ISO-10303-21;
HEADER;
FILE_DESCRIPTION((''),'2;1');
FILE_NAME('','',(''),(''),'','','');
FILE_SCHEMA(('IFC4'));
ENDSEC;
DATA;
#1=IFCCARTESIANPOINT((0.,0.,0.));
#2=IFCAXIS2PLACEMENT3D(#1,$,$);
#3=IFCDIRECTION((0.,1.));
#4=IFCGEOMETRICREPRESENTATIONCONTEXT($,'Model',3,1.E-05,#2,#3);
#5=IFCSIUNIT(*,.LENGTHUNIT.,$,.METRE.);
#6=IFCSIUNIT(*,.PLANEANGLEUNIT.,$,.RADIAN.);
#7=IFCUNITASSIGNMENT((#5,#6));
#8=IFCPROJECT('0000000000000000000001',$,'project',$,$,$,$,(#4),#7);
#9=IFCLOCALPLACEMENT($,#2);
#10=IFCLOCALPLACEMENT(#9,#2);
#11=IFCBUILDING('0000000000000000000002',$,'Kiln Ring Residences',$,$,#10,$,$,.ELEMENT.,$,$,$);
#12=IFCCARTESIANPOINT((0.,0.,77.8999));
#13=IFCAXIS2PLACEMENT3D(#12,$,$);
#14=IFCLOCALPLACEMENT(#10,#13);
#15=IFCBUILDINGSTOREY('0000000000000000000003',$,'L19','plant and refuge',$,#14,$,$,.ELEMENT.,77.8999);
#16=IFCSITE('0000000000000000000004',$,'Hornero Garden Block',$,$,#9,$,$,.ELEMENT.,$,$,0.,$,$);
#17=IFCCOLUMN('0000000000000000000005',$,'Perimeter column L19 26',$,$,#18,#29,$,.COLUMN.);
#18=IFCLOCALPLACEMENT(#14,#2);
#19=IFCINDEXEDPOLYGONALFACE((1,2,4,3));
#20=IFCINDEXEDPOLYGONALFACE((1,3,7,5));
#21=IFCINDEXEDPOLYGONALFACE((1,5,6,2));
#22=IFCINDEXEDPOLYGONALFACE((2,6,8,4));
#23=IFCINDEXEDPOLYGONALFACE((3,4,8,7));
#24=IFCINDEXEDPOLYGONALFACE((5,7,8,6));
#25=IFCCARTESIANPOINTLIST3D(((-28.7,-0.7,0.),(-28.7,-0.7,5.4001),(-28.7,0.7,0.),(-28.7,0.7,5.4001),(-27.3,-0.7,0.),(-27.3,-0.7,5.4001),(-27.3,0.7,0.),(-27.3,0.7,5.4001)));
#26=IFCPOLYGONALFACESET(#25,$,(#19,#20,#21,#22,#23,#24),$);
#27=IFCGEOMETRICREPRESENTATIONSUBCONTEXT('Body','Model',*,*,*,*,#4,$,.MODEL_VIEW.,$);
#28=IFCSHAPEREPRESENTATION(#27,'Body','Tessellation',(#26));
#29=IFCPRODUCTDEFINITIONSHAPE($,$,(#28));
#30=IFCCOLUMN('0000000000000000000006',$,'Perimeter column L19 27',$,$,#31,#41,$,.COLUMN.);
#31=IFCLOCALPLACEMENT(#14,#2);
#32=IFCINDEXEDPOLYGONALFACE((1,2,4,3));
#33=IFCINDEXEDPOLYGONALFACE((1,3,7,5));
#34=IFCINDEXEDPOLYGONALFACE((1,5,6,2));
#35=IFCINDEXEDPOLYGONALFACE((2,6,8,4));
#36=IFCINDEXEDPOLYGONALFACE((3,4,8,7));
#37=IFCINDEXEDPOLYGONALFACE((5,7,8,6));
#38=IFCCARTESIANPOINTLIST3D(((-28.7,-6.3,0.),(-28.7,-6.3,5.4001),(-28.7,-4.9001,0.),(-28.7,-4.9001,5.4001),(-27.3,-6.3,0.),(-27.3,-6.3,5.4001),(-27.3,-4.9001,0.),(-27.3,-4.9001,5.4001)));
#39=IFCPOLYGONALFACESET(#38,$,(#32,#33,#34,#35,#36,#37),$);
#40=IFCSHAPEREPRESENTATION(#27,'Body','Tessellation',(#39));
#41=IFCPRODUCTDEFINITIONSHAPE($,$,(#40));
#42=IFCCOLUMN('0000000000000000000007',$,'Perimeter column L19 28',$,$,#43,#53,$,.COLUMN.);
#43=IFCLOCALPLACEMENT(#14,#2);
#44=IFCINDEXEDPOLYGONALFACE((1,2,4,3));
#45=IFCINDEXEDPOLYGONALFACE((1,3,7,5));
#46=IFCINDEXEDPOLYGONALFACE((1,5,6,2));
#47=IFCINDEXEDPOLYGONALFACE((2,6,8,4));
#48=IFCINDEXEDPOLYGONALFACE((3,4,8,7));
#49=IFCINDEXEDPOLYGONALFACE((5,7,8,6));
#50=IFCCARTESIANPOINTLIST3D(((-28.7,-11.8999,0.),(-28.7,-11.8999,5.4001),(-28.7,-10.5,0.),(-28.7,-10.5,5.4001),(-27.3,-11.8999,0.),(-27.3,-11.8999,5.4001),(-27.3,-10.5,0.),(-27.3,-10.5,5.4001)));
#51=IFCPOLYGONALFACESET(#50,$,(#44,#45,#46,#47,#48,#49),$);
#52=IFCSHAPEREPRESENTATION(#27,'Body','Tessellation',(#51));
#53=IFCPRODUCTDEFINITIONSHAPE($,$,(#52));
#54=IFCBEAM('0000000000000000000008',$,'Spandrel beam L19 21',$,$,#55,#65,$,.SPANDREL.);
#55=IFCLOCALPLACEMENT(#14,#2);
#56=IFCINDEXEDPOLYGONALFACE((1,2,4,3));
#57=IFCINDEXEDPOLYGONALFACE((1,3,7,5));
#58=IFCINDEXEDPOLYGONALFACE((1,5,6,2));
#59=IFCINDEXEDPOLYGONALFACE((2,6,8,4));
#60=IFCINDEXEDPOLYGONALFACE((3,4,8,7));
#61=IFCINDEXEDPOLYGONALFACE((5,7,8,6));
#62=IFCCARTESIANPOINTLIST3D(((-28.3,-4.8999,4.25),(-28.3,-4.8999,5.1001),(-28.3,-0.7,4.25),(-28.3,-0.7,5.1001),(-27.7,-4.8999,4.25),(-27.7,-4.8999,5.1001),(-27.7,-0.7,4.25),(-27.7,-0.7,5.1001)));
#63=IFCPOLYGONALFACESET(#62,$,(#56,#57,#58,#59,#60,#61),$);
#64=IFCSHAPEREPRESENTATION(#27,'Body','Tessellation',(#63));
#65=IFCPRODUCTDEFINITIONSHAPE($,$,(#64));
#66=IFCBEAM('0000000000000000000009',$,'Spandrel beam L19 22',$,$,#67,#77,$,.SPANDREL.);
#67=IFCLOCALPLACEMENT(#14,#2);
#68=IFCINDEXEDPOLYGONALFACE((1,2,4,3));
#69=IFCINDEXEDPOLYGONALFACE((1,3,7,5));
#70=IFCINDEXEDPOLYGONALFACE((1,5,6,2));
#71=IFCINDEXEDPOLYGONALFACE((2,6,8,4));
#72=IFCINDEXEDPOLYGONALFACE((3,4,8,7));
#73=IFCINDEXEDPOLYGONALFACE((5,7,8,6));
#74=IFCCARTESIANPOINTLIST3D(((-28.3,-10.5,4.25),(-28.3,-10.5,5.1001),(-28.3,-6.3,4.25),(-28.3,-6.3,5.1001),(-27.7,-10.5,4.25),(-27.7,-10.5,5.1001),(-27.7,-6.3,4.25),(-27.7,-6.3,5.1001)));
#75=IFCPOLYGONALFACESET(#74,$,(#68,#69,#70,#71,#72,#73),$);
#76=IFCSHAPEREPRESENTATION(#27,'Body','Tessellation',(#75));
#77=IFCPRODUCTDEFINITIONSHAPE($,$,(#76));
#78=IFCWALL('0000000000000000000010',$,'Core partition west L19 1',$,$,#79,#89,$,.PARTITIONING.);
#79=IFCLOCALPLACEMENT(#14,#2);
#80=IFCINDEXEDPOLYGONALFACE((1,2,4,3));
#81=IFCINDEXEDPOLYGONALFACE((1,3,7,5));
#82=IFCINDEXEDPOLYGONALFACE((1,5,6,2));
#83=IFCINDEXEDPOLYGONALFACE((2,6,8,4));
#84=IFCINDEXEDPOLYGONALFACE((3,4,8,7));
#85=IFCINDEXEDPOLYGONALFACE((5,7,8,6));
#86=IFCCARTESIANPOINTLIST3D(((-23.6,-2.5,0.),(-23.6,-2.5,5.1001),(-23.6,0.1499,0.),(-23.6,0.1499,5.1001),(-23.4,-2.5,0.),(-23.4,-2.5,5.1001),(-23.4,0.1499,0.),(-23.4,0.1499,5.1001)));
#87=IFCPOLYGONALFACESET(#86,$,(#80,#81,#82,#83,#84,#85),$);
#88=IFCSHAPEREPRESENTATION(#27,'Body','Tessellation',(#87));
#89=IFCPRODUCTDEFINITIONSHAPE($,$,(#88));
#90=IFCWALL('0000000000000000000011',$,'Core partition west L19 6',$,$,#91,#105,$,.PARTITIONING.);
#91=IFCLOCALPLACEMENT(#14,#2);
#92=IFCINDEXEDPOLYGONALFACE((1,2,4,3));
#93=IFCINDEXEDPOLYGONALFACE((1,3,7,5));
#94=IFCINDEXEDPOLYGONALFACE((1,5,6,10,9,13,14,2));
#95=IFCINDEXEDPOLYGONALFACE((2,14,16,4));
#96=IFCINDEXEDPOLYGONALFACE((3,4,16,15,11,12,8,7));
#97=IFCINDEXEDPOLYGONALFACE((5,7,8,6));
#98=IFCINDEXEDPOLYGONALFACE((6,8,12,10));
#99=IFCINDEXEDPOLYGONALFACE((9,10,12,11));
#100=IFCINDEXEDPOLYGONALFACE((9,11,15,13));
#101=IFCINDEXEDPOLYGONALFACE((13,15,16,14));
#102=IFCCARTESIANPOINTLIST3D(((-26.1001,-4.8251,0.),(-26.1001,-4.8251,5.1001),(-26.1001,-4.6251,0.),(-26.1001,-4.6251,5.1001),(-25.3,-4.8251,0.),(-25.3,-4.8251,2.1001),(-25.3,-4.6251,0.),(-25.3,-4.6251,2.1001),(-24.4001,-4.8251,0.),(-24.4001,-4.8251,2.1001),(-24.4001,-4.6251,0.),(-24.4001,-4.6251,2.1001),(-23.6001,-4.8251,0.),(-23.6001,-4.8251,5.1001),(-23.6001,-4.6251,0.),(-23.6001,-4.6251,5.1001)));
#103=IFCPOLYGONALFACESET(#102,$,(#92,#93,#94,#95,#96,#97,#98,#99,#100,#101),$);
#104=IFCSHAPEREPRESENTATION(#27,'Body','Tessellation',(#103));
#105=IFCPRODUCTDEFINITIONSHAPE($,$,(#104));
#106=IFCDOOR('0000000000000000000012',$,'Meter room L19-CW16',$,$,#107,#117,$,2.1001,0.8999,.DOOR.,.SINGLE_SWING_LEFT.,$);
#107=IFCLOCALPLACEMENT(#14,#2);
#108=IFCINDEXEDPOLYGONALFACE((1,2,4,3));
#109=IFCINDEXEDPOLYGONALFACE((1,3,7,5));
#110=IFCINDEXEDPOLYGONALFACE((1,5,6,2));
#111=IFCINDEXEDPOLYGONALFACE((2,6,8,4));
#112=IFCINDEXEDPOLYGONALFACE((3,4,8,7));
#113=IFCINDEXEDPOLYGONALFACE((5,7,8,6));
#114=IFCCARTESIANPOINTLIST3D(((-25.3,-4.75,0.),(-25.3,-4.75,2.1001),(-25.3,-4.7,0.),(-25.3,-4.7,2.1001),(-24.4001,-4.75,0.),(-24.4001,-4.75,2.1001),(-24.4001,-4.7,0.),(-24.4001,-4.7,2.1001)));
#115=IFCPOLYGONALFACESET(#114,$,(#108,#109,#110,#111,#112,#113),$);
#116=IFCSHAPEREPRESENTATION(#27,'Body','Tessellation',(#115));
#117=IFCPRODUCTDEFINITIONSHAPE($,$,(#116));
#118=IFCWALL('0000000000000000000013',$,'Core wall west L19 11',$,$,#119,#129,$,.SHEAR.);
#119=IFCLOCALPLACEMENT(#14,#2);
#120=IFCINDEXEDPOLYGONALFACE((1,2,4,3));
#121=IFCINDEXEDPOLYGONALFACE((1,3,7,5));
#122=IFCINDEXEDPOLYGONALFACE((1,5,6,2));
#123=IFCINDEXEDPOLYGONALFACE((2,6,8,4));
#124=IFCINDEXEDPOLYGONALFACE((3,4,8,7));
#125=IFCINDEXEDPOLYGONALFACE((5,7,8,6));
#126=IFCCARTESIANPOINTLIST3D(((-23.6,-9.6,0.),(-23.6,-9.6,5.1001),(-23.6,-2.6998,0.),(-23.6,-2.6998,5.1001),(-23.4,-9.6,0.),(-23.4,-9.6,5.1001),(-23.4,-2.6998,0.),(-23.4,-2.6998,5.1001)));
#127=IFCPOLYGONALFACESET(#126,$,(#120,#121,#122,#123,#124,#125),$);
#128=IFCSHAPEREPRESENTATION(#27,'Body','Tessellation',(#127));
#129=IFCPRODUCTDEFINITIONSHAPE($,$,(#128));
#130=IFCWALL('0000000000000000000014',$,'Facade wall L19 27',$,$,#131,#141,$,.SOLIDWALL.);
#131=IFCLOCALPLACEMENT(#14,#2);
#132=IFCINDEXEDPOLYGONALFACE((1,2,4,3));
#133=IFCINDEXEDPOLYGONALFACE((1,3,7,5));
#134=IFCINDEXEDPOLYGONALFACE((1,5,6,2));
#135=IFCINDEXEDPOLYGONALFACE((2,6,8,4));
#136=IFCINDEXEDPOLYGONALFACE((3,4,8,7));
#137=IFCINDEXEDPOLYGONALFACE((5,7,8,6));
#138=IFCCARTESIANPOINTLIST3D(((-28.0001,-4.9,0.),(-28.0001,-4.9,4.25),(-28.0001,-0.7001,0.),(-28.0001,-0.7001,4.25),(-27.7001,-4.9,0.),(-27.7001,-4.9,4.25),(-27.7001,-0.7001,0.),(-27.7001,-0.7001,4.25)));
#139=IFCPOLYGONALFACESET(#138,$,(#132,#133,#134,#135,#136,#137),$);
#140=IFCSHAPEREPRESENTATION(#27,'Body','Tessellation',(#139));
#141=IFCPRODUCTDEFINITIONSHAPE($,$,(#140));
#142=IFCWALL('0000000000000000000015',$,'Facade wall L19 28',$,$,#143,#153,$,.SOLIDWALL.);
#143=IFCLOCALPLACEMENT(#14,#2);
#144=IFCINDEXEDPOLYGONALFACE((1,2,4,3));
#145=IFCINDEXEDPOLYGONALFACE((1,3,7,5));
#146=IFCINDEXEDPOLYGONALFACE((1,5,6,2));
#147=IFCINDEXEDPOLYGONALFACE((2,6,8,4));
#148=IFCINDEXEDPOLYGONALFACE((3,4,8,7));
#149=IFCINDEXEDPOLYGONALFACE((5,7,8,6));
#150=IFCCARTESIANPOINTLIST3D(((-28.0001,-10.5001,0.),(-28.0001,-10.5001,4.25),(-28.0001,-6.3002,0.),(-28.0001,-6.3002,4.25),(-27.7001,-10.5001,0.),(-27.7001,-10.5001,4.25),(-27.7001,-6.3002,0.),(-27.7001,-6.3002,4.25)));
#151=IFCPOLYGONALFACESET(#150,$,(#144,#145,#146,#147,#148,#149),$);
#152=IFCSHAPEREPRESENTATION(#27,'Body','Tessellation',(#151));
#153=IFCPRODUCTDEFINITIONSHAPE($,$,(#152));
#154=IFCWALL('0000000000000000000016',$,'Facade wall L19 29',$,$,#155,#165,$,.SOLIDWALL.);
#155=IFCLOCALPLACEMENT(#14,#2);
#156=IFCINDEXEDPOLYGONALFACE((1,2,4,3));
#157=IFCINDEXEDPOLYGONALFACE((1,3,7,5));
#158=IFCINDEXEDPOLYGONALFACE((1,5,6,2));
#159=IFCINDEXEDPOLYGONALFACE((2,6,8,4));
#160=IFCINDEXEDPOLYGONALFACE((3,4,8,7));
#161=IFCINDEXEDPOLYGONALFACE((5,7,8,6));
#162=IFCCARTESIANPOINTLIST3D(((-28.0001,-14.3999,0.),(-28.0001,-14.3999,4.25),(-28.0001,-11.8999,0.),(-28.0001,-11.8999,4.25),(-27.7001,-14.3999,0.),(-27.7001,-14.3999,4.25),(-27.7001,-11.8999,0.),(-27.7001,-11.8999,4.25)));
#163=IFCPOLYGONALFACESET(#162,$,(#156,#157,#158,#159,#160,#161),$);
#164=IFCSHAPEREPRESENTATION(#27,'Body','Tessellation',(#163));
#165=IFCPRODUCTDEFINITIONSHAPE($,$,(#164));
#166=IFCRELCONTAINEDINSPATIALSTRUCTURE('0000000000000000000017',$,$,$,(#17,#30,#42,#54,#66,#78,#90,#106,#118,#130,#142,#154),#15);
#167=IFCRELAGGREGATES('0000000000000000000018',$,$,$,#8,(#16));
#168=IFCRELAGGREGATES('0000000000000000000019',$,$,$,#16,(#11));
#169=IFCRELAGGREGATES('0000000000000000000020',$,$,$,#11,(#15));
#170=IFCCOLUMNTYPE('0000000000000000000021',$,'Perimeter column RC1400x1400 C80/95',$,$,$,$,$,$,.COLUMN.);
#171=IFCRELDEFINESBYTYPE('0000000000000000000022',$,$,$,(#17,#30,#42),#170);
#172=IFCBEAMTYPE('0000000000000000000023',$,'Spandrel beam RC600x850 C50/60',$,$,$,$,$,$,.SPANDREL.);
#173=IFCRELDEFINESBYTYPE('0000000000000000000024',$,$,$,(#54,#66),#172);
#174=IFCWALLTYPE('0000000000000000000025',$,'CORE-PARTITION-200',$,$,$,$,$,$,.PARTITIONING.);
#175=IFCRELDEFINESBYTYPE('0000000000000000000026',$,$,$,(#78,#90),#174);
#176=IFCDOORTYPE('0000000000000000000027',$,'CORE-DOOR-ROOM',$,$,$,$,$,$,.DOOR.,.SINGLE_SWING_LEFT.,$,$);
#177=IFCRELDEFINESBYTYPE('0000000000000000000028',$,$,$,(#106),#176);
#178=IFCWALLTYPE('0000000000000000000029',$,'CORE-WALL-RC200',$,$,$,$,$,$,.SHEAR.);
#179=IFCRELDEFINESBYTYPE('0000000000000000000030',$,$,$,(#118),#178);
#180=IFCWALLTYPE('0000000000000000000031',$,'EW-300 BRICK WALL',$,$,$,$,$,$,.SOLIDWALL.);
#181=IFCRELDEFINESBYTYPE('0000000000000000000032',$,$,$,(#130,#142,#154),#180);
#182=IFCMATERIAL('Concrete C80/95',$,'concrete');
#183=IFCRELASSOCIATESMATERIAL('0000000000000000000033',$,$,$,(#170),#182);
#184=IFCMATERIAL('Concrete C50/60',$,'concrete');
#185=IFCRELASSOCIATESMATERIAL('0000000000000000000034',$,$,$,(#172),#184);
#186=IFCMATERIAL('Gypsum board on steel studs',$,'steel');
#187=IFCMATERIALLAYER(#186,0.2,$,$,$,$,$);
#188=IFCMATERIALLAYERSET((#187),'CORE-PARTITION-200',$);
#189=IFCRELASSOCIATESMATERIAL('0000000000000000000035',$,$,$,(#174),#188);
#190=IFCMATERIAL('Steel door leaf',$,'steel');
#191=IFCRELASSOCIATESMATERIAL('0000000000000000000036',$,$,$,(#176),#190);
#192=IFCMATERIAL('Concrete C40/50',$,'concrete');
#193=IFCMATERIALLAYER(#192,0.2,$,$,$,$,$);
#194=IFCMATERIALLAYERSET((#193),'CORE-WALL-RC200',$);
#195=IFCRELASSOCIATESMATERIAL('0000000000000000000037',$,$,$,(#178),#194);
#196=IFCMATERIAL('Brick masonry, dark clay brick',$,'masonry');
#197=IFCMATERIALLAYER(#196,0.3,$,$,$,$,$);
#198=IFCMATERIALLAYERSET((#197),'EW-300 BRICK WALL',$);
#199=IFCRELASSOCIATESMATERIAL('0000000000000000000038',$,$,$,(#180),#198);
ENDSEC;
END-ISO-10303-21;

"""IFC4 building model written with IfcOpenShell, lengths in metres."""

from ifc_helpers import new_model, si_unit, direction, frame, frame_2d, origin, origin_2d, place, context, subcontext, project, spatial, rectangle, extrude, material, layer, layer_set, material_profile, profile_set, type_object, element, fill, save


model = new_model("IFC4")

# Units and contexts
model_context = context("Model", 3, precision=1e-05, world=origin(), true_north=direction((0.0, 1.0)))
body_context = subcontext(model_context, "Body", "Model", "MODEL_VIEW")
ifc_project = project(units=[si_unit("LENGTHUNIT", "METRE"), si_unit("PLANEANGLEUNIT", "RADIAN")], contexts=[model_context])

# Site, building, storey
site_placement = place(None, origin())
site = spatial("IfcSite", under=ifc_project, at=site_placement, Name="Hornero Garden Block", CompositionType="ELEMENT", RefElevation=0.0)
building_placement = place(site_placement, origin())
building = spatial("IfcBuilding", under=site, at=building_placement, Name="Kiln Ring Residences", CompositionType="ELEMENT")
storey_placement = place(building_placement, frame((0.0, 0.0, 77.8999)))
storey = spatial("IfcBuildingStorey", under=building, at=storey_placement, Name="L19", Description="plant and refuge", CompositionType="ELEMENT", Elevation=77.8999)

# Columns
ifc_material_1 = material(Name="Concrete C80/95", Category="concrete")
ifc_material_profile_1 = material_profile(ifc_material_1, rectangle(XDim=1.3999, YDim=1.3999, at=origin_2d()), Name="RC1400x1400")
ifc_profile_set_1 = profile_set([ifc_material_profile_1], Name="Concrete C80/95")
column_type = type_object("IfcColumnType", Name="Perimeter column RC1400x1400 C80/95", PredefinedType="COLUMN", material=ifc_profile_set_1)
for number, where, z_axis, x_axis, name in (
    (1, (-28.0, 0.0, 0.0), (0.0, 0.0, 1.0), (1.0, 0.0, 0.0), "Perimeter column L19 26"),
    (2, (-28.0, -5.6001, 0.0), (0.0, 0.0, 1.0), (1.0, 0.0, 0.0), "Perimeter column L19 27"),
    (3, (-28.0, -11.2, 0.0), (0.0, 0.0, 1.0), (1.0, 0.0, 0.0), "Perimeter column L19 28"),
):
    element("IfcColumn", number, at=place(storey_placement, frame(where, z_axis=z_axis, x_axis=x_axis)), inside=storey, type_object=column_type, Name=name, PredefinedType="COLUMN", context=body_context, shape_type="SweptSolid", body=[
        extrude(rectangle(XDim=1.3999, YDim=1.3999, at=origin_2d()), origin(), (0.0, 0.0, 1.0), 5.4001),
    ])

# Beams
ifc_material_2 = material(Name="Concrete C50/60", Category="concrete")
ifc_material_profile_2 = material_profile(ifc_material_2, rectangle(XDim=0.6001, YDim=0.8501, at=origin_2d()), Name="RC600x850")
ifc_profile_set_2 = profile_set([ifc_material_profile_2], Name="Concrete C50/60")
beam_type = type_object("IfcBeamType", Name="Spandrel beam RC600x850 C50/60", PredefinedType="SPANDREL", material=ifc_profile_set_2)
for number, where, z_axis, x_axis, name in (
    (4, (-28.0, -0.7, 4.675), (0.0, -1.0, 0.0), (1.0, 0.0, 0.0), "Spandrel beam L19 21"),
    (5, (-28.0, -6.3, 4.675), (0.0, -1.0, 0.0), (1.0, 0.0, 0.0), "Spandrel beam L19 22"),
):
    element("IfcBeam", number, at=place(storey_placement, frame(where, z_axis=z_axis, x_axis=x_axis)), inside=storey, type_object=beam_type, Name=name, PredefinedType="SPANDREL", context=body_context, shape_type="SweptSolid", body=[
        extrude(rectangle(XDim=0.6001, YDim=0.8501, at=origin_2d()), origin(), (0.0, 0.0, 1.0), 4.2),
    ])

# Wall
ifc_material_3 = material(Name="Gypsum board on steel studs", Category="steel")
ifc_layer_1 = layer(ifc_material_3, 0.2)
ifc_layer_set_1 = layer_set([ifc_layer_1], Name="CORE-PARTITION-200")
wall_type_1 = type_object("IfcWallType", Name="CORE-PARTITION-200", PredefinedType="PARTITIONING", material=ifc_layer_set_1)
wall_1_placement = place(storey_placement, frame((-23.5, -2.5, 0.0), z_axis=(0.0, 0.0, 1.0), x_axis=(0.0, 1.0, 0.0)))
element("IfcWall", 6, at=wall_1_placement, inside=storey, type_object=wall_type_1, Name="Core partition west L19 1", PredefinedType="PARTITIONING", context=body_context, shape_type="SweptSolid", body=[
    extrude(rectangle(XDim=2.6499, YDim=0.2, at=frame_2d((1.325, 0.0))), origin(), (0.0, 0.0, 1.0), 5.1001),
])

# Wall, opening, door
wall_2_placement = place(storey_placement, frame((-23.6001, -4.7251, 0.0), z_axis=(0.0, 0.0, 1.0), x_axis=(-1.0, 0.0, 0.0)))
wall_2 = element("IfcWall", 7, at=wall_2_placement, inside=storey, type_object=wall_type_1, Name="Core partition west L19 6", PredefinedType="PARTITIONING", context=body_context, shape_type="SweptSolid", body=[
    extrude(rectangle(XDim=2.5, YDim=0.2, at=frame_2d((1.25, 0.0))), origin(), (0.0, 0.0, 1.0), 5.1001),
])
opening_placement = place(wall_2_placement, frame((0.8, 0.0, 0.0)))
opening = element("IfcOpeningElement", 8, at=opening_placement, cuts=wall_2, PredefinedType="OPENING", context=body_context, shape_type="SweptSolid", body=[
    extrude(rectangle(XDim=0.8999, YDim=2.1001, at=frame_2d((0.45, 1.05))), frame((0.0, 0.1099, 0.0), z_axis=(0.0, -1.0, 0.0), x_axis=(1.0, 0.0, 0.0)), (0.0, 0.0, 1.0), 0.22),
])
ifc_material_4 = material(Name="Steel door leaf", Category="steel")
door_type = type_object("IfcDoorType", Name="CORE-DOOR-ROOM", OperationType="SINGLE_SWING_LEFT", PredefinedType="DOOR", material=ifc_material_4)
door_placement = place(opening_placement, origin())
door = element("IfcDoor", 9, at=door_placement, inside=storey, type_object=door_type, Name="Meter room L19-CW16", OperationType="SINGLE_SWING_LEFT", OverallHeight=2.1001, OverallWidth=0.8999, PredefinedType="DOOR", context=body_context, shape_type="SweptSolid", body=[
    extrude(rectangle(XDim=0.8999, YDim=2.1001, at=frame_2d((0.45, 1.05))), frame((0.0, 0.0249, 0.0), z_axis=(0.0, -1.0, 0.0), x_axis=(1.0, 0.0, 0.0)), (0.0, 0.0, 1.0), 0.05),
])
fill(opening, door)

# Walls
ifc_material_5 = material(Name="Concrete C40/50", Category="concrete")
ifc_layer_2 = layer(ifc_material_5, 0.2)
ifc_layer_set_2 = layer_set([ifc_layer_2], Name="CORE-WALL-RC200")
wall_type_2 = type_object("IfcWallType", Name="CORE-WALL-RC200", PredefinedType="SHEAR", material=ifc_layer_set_2)
wall_3_placement = place(storey_placement, frame((-23.5, -9.6001, 0.0), z_axis=(0.0, 0.0, 1.0), x_axis=(0.0, 1.0, 0.0)))
element("IfcWall", 10, at=wall_3_placement, inside=storey, type_object=wall_type_2, Name="Core wall west L19 11", PredefinedType="SHEAR", context=body_context, shape_type="SweptSolid", body=[
    extrude(rectangle(XDim=6.9001, YDim=0.2, at=frame_2d((3.4502, 0.0))), origin(), (0.0, 0.0, 1.0), 5.1001),
])
ifc_material_6 = material(Name="Brick masonry, dark clay brick", Category="masonry")
ifc_layer_3 = layer(ifc_material_6, 0.3)
ifc_layer_set_3 = layer_set([ifc_layer_3], Name="EW-300 BRICK WALL")
wall_type_3 = type_object("IfcWallType", Name="EW-300 BRICK WALL", PredefinedType="SOLIDWALL", material=ifc_layer_set_3)
for number, where, z_axis, x_axis, name in (
    (11, (-27.8501, -0.7, 0.0), (0.0, 0.0, 1.0), (0.0, -1.0, 0.0), "Facade wall L19 27"),
    (12, (-27.8501, -6.3, 0.0), (0.0, 0.0, 1.0), (0.0, -1.0, 0.0), "Facade wall L19 28"),
):
    element("IfcWall", number, at=place(storey_placement, frame(where, z_axis=z_axis, x_axis=x_axis)), inside=storey, type_object=wall_type_3, Name=name, PredefinedType="SOLIDWALL", context=body_context, shape_type="SweptSolid", body=[
        extrude(rectangle(XDim=4.2, YDim=0.3, at=frame_2d((2.1001, 0.0))), origin(), (0.0, 0.0, 1.0), 4.25),
    ])
wall_4_placement = place(storey_placement, frame((-27.8501, -11.8999, 0.0), z_axis=(0.0, 0.0, 1.0), x_axis=(0.0, -1.0, 0.0)))
element("IfcWall", 13, at=wall_4_placement, inside=storey, type_object=wall_type_3, Name="Facade wall L19 29", PredefinedType="SOLIDWALL", context=body_context, shape_type="SweptSolid", body=[
    extrude(rectangle(XDim=2.5, YDim=0.3, at=frame_2d((1.25, 0.0))), origin(), (0.0, 0.0, 1.0), 4.25),
])

save(model, "model.ifc")
